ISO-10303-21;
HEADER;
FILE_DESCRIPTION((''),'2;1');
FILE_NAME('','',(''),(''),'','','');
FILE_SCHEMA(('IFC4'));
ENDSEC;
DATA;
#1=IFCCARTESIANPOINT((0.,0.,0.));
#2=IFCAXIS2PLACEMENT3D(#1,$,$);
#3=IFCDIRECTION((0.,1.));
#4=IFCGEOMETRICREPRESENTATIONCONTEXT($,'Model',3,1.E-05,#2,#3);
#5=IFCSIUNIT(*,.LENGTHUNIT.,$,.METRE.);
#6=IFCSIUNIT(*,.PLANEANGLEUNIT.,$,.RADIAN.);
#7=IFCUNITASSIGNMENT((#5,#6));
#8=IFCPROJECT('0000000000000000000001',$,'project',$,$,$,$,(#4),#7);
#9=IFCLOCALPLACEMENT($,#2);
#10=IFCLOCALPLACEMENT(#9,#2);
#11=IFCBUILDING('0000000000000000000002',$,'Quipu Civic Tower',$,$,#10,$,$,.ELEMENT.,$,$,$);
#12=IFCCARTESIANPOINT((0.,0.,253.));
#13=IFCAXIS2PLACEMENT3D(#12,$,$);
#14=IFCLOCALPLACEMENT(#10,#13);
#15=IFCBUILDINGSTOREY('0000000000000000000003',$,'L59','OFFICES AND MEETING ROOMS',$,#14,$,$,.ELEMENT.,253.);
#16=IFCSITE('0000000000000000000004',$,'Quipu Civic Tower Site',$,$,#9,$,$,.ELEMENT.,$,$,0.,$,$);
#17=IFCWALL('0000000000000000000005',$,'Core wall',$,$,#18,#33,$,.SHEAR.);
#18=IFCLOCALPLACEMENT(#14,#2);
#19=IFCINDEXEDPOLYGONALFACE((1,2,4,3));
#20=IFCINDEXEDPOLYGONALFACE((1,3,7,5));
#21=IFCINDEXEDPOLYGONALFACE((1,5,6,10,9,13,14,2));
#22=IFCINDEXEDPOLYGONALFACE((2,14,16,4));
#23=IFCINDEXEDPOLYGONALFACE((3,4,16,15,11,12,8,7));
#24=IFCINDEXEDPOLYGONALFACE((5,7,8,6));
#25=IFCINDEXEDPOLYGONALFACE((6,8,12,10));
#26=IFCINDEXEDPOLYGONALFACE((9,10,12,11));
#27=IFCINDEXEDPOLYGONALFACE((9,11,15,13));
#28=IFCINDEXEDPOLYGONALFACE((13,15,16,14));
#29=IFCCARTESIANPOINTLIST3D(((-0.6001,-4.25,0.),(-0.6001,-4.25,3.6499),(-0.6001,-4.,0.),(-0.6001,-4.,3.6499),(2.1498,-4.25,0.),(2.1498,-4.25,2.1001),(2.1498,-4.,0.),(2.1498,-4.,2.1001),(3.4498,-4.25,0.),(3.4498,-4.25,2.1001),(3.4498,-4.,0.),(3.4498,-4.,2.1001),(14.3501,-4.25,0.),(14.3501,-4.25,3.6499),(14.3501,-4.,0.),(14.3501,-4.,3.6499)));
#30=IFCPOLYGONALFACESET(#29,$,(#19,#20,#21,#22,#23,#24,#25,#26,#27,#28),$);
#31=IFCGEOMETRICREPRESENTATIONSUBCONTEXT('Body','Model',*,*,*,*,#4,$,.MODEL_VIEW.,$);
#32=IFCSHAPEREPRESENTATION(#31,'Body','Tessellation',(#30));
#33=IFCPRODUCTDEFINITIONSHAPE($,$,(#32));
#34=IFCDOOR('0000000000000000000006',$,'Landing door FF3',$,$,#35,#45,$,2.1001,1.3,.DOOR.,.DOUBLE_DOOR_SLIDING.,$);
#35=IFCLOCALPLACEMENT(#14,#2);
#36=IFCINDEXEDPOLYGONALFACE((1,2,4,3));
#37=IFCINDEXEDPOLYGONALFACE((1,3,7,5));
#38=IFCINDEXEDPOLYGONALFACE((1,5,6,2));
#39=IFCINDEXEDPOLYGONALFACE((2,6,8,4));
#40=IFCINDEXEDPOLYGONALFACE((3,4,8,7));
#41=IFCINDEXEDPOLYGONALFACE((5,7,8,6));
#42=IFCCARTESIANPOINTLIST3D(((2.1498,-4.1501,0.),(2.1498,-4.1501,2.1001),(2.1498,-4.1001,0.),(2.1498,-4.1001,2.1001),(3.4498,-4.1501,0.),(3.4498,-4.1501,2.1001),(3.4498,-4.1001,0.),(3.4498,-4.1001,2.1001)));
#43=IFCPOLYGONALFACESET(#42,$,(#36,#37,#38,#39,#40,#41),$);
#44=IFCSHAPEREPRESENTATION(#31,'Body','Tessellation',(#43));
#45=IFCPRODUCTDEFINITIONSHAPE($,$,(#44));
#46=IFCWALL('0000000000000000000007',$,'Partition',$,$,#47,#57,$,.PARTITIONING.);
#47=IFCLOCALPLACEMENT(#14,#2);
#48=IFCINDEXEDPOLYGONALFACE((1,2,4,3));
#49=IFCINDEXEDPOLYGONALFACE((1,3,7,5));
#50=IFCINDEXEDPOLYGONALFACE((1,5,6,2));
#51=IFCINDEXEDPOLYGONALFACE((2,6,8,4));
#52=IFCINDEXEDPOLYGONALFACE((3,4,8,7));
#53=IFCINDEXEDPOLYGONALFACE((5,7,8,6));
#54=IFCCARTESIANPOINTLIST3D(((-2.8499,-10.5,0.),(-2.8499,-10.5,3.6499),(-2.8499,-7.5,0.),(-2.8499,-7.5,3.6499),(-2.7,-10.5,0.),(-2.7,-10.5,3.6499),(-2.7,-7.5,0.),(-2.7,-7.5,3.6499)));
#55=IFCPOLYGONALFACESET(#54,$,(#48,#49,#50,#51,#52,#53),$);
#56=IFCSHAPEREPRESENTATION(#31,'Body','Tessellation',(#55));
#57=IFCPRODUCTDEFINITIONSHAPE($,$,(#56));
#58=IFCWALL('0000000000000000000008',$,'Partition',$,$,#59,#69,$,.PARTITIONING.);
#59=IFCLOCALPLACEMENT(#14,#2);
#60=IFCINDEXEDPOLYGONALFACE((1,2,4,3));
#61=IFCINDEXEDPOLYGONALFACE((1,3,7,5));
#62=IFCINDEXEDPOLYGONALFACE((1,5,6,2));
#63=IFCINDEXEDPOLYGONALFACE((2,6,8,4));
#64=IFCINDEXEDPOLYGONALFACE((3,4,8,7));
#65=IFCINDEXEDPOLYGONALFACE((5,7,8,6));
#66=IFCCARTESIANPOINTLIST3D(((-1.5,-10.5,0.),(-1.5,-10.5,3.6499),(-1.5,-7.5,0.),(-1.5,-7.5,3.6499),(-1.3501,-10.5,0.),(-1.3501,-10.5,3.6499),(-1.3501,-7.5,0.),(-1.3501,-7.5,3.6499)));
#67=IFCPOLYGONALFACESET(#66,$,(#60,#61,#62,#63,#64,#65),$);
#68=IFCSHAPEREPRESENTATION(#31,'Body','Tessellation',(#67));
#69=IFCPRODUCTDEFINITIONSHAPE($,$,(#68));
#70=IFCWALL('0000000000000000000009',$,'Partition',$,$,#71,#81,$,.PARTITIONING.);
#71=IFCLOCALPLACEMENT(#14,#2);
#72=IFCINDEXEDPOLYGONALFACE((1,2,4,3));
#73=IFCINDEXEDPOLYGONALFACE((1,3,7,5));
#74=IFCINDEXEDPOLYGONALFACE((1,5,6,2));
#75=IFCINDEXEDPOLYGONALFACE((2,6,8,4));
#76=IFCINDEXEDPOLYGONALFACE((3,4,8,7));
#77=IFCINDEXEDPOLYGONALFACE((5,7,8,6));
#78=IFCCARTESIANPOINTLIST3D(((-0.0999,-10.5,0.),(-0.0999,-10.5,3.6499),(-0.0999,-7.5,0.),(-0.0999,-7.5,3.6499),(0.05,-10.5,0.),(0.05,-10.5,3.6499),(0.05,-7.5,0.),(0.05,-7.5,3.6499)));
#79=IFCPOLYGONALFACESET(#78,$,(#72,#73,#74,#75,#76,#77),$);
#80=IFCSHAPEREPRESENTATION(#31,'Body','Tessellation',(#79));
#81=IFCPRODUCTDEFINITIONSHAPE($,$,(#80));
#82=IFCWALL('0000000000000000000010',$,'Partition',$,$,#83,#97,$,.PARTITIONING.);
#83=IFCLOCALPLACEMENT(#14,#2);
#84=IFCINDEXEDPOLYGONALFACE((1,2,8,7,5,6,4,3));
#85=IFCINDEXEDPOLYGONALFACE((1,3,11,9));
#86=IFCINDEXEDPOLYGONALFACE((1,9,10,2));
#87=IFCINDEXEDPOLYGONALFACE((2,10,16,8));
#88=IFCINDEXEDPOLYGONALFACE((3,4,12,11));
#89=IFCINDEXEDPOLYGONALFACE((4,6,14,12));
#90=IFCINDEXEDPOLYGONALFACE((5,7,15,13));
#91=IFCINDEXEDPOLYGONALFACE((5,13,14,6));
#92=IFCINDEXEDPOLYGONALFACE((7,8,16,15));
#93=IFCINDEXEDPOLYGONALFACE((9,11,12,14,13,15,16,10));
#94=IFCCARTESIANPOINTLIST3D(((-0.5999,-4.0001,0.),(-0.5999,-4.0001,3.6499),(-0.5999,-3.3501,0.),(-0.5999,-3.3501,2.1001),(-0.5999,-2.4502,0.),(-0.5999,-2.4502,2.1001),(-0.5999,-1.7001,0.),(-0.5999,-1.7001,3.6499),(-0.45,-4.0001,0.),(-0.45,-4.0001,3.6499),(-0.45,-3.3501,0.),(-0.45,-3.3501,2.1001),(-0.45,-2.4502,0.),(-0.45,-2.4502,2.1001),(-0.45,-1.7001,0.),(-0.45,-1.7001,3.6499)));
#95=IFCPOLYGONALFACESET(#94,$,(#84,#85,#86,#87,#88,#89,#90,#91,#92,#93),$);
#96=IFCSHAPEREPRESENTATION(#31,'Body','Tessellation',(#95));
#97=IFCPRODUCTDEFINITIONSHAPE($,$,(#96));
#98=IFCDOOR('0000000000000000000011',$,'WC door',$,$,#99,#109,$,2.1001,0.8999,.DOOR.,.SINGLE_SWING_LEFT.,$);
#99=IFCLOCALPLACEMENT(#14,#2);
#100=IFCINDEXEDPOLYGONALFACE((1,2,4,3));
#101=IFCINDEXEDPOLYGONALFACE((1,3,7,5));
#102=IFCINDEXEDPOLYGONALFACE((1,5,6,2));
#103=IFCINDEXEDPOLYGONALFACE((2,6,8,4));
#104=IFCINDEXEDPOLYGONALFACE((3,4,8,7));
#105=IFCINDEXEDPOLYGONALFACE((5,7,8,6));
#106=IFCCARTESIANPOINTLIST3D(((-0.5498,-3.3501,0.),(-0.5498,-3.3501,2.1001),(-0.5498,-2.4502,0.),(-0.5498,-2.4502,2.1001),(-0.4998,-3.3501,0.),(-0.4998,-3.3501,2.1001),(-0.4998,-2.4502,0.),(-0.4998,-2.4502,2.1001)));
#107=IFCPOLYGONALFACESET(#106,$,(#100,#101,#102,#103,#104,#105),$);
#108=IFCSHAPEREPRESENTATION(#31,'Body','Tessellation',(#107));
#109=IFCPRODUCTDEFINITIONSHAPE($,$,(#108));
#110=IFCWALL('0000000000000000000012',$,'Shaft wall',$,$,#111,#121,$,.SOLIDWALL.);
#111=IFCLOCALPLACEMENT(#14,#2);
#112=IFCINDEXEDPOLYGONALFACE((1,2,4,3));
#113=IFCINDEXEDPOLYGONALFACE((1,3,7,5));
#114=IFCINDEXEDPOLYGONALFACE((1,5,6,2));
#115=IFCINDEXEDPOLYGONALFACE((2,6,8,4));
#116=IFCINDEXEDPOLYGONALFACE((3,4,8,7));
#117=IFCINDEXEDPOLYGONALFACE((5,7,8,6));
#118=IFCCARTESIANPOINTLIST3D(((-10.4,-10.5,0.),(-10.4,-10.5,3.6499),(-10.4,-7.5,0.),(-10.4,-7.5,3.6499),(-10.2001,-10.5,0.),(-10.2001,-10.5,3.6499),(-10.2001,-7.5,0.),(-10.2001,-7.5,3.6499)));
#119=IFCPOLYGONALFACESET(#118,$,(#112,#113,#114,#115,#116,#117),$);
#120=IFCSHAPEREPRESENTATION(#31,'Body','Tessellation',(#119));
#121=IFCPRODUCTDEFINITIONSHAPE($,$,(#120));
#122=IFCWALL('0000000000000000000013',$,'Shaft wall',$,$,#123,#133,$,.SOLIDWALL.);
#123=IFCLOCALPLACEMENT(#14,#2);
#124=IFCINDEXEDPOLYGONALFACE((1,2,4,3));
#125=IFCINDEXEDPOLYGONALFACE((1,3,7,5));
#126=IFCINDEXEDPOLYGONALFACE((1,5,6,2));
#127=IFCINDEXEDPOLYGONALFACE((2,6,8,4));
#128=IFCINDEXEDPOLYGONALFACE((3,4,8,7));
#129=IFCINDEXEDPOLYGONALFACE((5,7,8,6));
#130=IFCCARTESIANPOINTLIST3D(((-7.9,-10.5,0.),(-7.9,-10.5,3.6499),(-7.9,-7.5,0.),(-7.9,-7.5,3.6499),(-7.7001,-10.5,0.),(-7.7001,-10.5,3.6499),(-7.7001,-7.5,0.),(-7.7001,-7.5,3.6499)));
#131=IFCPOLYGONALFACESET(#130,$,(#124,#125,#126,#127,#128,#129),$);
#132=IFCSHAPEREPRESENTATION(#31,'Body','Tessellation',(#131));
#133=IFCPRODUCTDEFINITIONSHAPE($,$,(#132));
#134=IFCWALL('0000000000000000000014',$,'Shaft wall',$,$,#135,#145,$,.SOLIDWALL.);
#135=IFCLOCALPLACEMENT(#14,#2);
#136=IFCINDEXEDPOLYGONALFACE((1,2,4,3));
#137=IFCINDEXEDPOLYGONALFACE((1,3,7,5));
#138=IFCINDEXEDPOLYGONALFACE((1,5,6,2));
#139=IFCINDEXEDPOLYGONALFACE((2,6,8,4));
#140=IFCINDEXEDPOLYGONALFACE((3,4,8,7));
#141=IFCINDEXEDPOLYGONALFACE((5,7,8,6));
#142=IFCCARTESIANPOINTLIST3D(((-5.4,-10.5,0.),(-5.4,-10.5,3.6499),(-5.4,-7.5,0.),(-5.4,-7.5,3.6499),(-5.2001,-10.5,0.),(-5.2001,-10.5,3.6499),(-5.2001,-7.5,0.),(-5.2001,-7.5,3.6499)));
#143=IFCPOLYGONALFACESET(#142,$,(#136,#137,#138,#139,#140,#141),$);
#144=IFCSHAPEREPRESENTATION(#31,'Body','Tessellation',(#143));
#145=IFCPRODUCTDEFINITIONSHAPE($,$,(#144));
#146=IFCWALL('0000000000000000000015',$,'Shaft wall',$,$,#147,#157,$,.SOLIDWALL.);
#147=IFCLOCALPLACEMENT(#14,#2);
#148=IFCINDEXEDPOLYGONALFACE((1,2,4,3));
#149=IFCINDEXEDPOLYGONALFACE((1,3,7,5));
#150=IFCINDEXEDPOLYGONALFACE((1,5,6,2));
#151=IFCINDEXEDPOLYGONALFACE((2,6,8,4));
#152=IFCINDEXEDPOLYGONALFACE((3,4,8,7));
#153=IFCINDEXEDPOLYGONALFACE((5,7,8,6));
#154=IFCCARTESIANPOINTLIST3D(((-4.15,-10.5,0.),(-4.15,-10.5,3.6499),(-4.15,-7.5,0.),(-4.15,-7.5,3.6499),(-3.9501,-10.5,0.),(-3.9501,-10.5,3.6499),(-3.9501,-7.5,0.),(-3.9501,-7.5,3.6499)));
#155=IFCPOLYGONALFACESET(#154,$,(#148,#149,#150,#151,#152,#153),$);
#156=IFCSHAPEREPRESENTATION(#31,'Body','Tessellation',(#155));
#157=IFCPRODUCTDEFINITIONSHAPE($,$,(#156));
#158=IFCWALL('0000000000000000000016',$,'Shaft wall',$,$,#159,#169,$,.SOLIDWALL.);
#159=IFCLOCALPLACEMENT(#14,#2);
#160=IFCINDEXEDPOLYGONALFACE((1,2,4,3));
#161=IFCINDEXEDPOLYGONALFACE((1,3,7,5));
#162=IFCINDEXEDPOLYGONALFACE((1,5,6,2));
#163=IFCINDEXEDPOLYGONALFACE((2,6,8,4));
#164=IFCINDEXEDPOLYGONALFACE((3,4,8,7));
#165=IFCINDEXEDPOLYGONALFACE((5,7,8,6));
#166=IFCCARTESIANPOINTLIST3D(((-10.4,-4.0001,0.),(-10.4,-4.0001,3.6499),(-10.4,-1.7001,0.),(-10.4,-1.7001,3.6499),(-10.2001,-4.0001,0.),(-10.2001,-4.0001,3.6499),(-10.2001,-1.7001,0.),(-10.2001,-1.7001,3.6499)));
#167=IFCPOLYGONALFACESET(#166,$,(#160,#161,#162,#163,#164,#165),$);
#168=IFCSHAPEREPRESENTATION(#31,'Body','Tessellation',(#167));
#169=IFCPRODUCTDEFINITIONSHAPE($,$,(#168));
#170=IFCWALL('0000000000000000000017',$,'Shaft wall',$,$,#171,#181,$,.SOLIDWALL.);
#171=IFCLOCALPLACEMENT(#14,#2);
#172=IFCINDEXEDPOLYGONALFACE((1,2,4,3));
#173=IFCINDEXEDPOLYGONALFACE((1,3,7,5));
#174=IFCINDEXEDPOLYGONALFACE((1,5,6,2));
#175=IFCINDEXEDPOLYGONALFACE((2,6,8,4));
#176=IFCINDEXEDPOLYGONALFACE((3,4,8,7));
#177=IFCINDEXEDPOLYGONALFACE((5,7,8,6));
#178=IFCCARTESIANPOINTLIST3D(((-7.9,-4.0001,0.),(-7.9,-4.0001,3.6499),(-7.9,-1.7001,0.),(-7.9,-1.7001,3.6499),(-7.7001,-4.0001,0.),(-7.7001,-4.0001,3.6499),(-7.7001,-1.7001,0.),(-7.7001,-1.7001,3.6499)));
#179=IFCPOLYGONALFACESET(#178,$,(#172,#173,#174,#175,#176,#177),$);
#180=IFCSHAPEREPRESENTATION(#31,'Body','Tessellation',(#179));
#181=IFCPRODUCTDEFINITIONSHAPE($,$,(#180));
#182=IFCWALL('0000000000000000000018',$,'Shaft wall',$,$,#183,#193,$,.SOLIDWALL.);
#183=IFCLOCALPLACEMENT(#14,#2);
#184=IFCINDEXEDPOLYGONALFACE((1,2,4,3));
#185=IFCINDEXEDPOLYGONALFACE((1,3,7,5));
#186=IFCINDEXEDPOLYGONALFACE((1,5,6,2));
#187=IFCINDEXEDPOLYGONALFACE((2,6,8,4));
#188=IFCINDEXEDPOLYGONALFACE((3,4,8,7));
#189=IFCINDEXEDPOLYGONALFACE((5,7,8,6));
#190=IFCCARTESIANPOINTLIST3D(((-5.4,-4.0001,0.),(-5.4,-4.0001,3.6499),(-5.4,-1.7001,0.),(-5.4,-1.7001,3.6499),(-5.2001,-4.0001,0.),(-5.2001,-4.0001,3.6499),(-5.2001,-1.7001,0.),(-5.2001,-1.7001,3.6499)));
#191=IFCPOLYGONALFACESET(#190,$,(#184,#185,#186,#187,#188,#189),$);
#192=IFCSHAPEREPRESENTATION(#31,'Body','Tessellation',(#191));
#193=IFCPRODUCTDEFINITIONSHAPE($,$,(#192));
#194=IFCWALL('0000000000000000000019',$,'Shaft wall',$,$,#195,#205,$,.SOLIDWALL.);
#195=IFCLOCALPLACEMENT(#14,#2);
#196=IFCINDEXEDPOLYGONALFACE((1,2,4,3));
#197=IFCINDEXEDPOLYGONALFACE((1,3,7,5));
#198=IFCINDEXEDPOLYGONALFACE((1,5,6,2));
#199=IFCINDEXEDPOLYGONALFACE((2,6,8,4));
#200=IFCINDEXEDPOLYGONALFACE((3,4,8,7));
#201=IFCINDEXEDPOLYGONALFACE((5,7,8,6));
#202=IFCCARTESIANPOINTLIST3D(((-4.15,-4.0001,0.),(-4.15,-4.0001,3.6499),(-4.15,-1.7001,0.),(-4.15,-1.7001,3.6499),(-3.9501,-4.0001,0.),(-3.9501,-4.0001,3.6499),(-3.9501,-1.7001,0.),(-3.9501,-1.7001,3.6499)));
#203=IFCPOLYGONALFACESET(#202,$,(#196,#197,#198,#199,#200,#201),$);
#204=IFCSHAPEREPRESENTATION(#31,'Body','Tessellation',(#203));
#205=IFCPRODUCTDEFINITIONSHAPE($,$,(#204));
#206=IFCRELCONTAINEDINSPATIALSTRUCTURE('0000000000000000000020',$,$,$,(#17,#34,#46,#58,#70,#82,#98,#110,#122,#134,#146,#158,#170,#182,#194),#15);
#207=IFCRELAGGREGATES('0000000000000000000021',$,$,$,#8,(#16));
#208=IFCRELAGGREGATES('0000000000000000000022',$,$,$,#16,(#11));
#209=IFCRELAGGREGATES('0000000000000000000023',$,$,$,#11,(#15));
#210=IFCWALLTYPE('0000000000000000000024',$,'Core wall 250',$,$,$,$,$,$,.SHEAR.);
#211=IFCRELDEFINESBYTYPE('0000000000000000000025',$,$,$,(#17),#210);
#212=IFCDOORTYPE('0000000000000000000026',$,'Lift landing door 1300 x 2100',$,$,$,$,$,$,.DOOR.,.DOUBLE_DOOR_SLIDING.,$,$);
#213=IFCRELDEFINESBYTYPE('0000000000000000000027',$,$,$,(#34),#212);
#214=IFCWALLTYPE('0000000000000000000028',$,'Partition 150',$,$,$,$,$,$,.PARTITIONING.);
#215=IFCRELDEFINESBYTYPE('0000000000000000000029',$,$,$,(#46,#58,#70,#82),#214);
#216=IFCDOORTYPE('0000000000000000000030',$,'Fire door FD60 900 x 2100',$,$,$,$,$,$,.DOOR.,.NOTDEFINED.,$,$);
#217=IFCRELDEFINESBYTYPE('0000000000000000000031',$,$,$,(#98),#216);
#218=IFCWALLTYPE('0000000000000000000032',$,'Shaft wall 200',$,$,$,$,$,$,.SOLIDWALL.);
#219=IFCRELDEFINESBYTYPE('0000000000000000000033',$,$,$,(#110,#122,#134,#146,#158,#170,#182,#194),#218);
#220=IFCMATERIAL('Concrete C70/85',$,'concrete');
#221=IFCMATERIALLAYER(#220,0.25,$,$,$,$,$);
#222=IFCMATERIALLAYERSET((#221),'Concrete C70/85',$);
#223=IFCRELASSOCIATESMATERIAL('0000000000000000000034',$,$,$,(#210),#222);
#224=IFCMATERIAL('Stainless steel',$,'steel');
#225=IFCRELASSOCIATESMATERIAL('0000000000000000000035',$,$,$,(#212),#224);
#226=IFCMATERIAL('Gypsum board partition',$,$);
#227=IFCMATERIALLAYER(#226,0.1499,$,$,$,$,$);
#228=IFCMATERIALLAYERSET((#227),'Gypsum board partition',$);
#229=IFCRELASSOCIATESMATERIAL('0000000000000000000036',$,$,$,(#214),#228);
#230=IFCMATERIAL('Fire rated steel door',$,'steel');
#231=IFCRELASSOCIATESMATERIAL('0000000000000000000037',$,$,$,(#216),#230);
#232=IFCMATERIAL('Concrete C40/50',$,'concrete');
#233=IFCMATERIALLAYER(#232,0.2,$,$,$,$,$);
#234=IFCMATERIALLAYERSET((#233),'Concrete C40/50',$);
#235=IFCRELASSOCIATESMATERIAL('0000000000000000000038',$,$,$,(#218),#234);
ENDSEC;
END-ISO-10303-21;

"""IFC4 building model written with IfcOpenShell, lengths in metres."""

from ifc_helpers import new_model, si_unit, direction, frame, frame_2d, origin, place, context, subcontext, project, spatial, rectangle, extrude, material, layer, layer_set, type_object, element, fill, save


model = new_model("IFC4")

# Units and contexts
model_context = context("Model", 3, precision=1e-05, world=origin(), true_north=direction((0.0, 1.0)))
body_context = subcontext(model_context, "Body", "Model", "MODEL_VIEW")
ifc_project = project(units=[si_unit("LENGTHUNIT", "METRE"), si_unit("PLANEANGLEUNIT", "RADIAN")], contexts=[model_context])

# Site, building, storey
site_placement = place(None, origin())
site = spatial("IfcSite", under=ifc_project, at=site_placement, Name="Quipu Civic Tower Site", CompositionType="ELEMENT", RefElevation=0.0)
building_placement = place(site_placement, origin())
building = spatial("IfcBuilding", under=site, at=building_placement, Name="Quipu Civic Tower", CompositionType="ELEMENT")
storey_placement = place(building_placement, frame((0.0, 0.0, 253.0)))
storey = spatial("IfcBuildingStorey", under=building, at=storey_placement, Name="L59", Description="OFFICES AND MEETING ROOMS", CompositionType="ELEMENT", Elevation=253.0)

# Wall, opening, door
ifc_material_1 = material(Name="Concrete C70/85", Category="concrete")
ifc_layer_1 = layer(ifc_material_1, 0.25)
ifc_layer_set_1 = layer_set([ifc_layer_1], Name="Concrete C70/85")
wall_type_1 = type_object("IfcWallType", Name="Core wall 250", PredefinedType="SHEAR", material=ifc_layer_set_1)
wall_1_placement = place(storey_placement, frame((-0.6001, -4.125, 0.0), z_axis=(0.0, 0.0, 1.0), x_axis=(1.0, 0.0, 0.0)))
wall_1 = element("IfcWall", 1, at=wall_1_placement, inside=storey, type_object=wall_type_1, Name="Core wall", PredefinedType="SHEAR", context=body_context, shape_type="SweptSolid", body=[
    extrude(rectangle(XDim=14.9502, YDim=0.25, at=frame_2d((7.4751, 0.0))), origin(), (0.0, 0.0, 1.0), 3.6499),
])
opening_1_placement = place(wall_1_placement, frame((2.75, 0.0, 0.0)))
opening_1 = element("IfcOpeningElement", 2, at=opening_1_placement, cuts=wall_1, PredefinedType="OPENING", context=body_context, shape_type="SweptSolid", body=[
    extrude(rectangle(XDim=1.3, YDim=2.1001, at=frame_2d((0.6499, 1.05))), frame((0.0, 0.135, 0.0), z_axis=(0.0, -1.0, 0.0), x_axis=(1.0, 0.0, 0.0)), (0.0, 0.0, 1.0), 0.27),
])
ifc_material_2 = material(Name="Stainless steel", Category="steel")
door_type_1 = type_object("IfcDoorType", Name="Lift landing door 1300 x 2100", OperationType="DOUBLE_DOOR_SLIDING", PredefinedType="DOOR", material=ifc_material_2)
door_1_placement = place(opening_1_placement, origin())
door_1 = element("IfcDoor", 3, at=door_1_placement, inside=storey, type_object=door_type_1, Name="Landing door FF3", OperationType="DOUBLE_DOOR_SLIDING", OverallHeight=2.1001, OverallWidth=1.3, PredefinedType="DOOR", context=body_context, shape_type="SweptSolid", body=[
    extrude(rectangle(XDim=1.3, YDim=2.1001, at=frame_2d((0.6499, 1.05))), frame((0.0, 0.0249, 0.0), z_axis=(0.0, -1.0, 0.0), x_axis=(1.0, 0.0, 0.0)), (0.0, 0.0, 1.0), 0.05),
])
fill(opening_1, door_1)

# Walls
ifc_material_3 = material(Name="Gypsum board partition")
ifc_layer_2 = layer(ifc_material_3, 0.1499)
ifc_layer_set_2 = layer_set([ifc_layer_2], Name="Gypsum board partition")
wall_type_2 = type_object("IfcWallType", Name="Partition 150", PredefinedType="PARTITIONING", material=ifc_layer_set_2)
for number, where, z_axis, x_axis, name in (
    (4, (-2.7749, -10.5, 0.0), (0.0, 0.0, 1.0), (0.0, 1.0, 0.0), "Partition"),
    (5, (-1.425, -10.5, 0.0), (0.0, 0.0, 1.0), (0.0, 1.0, 0.0), "Partition"),
    (6, (-0.0249, -10.5, 0.0), (0.0, 0.0, 1.0), (0.0, 1.0, 0.0), "Partition"),
):
    element("IfcWall", number, at=place(storey_placement, frame(where, z_axis=z_axis, x_axis=x_axis)), inside=storey, type_object=wall_type_2, Name=name, PredefinedType="PARTITIONING", context=body_context, shape_type="SweptSolid", body=[
        extrude(rectangle(XDim=3.0, YDim=0.1499, at=frame_2d((1.5, 0.0))), origin(), (0.0, 0.0, 1.0), 3.6499),
    ])

# Wall, opening, door
wall_2_placement = place(storey_placement, frame((-0.5249, -4.0, 0.0), z_axis=(0.0, 0.0, 1.0), x_axis=(0.0, 1.0, 0.0)))
wall_2 = element("IfcWall", 7, at=wall_2_placement, inside=storey, type_object=wall_type_2, Name="Partition", PredefinedType="PARTITIONING", context=body_context, shape_type="SweptSolid", body=[
    extrude(rectangle(XDim=2.3, YDim=0.1499, at=frame_2d((1.1499, 0.0))), origin(), (0.0, 0.0, 1.0), 3.6499),
])
opening_2_placement = place(wall_2_placement, frame((0.6499, 0.0, 0.0)))
opening_2 = element("IfcOpeningElement", 8, at=opening_2_placement, cuts=wall_2, PredefinedType="OPENING", context=body_context, shape_type="SweptSolid", body=[
    extrude(rectangle(XDim=0.8999, YDim=2.1001, at=frame_2d((0.45, 1.05))), frame((0.0, 0.085, 0.0), z_axis=(0.0, -1.0, 0.0), x_axis=(1.0, 0.0, 0.0)), (0.0, 0.0, 1.0), 0.1699),
])
ifc_material_4 = material(Name="Fire rated steel door", Category="steel")
door_type_2 = type_object("IfcDoorType", Name="Fire door FD60 900 x 2100", OperationType="NOTDEFINED", PredefinedType="DOOR", material=ifc_material_4)
door_2_placement = place(opening_2_placement, origin())
door_2 = element("IfcDoor", 9, at=door_2_placement, inside=storey, type_object=door_type_2, Name="WC door", OperationType="SINGLE_SWING_LEFT", OverallHeight=2.1001, OverallWidth=0.8999, PredefinedType="DOOR", context=body_context, shape_type="SweptSolid", body=[
    extrude(rectangle(XDim=0.8999, YDim=2.1001, at=frame_2d((0.45, 1.05))), frame((0.0, 0.0249, 0.0), z_axis=(0.0, -1.0, 0.0), x_axis=(1.0, 0.0, 0.0)), (0.0, 0.0, 1.0), 0.05),
])
fill(opening_2, door_2)

# Walls
ifc_material_5 = material(Name="Concrete C40/50", Category="concrete")
ifc_layer_3 = layer(ifc_material_5, 0.2)
ifc_layer_set_3 = layer_set([ifc_layer_3], Name="Concrete C40/50")
wall_type_3 = type_object("IfcWallType", Name="Shaft wall 200", PredefinedType="SOLIDWALL", material=ifc_layer_set_3)
for number, where, z_axis, x_axis, name in (
    (10, (-10.3, -10.5, 0.0), (0.0, 0.0, 1.0), (0.0, 1.0, 0.0), "Shaft wall"),
    (11, (-7.8, -10.5, 0.0), (0.0, 0.0, 1.0), (0.0, 1.0, 0.0), "Shaft wall"),
    (12, (-5.3, -10.5, 0.0), (0.0, 0.0, 1.0), (0.0, 1.0, 0.0), "Shaft wall"),
    (13, (-4.05, -10.5, 0.0), (0.0, 0.0, 1.0), (0.0, 1.0, 0.0), "Shaft wall"),
):
    element("IfcWall", number, at=place(storey_placement, frame(where, z_axis=z_axis, x_axis=x_axis)), inside=storey, type_object=wall_type_3, Name=name, PredefinedType="SOLIDWALL", context=body_context, shape_type="SweptSolid", body=[
        extrude(rectangle(XDim=3.0, YDim=0.2, at=frame_2d((1.5, 0.0))), origin(), (0.0, 0.0, 1.0), 3.6499),
    ])
for number, where, z_axis, x_axis, name in (
    (14, (-10.3, -4.0, 0.0), (0.0, 0.0, 1.0), (0.0, 1.0, 0.0), "Shaft wall"),
    (15, (-7.8, -4.0, 0.0), (0.0, 0.0, 1.0), (0.0, 1.0, 0.0), "Shaft wall"),
    (16, (-5.3, -4.0, 0.0), (0.0, 0.0, 1.0), (0.0, 1.0, 0.0), "Shaft wall"),
    (17, (-4.05, -4.0, 0.0), (0.0, 0.0, 1.0), (0.0, 1.0, 0.0), "Shaft wall"),
):
    element("IfcWall", number, at=place(storey_placement, frame(where, z_axis=z_axis, x_axis=x_axis)), inside=storey, type_object=wall_type_3, Name=name, PredefinedType="SOLIDWALL", context=body_context, shape_type="SweptSolid", body=[
        extrude(rectangle(XDim=2.3, YDim=0.2, at=frame_2d((1.1499, 0.0))), origin(), (0.0, 0.0, 1.0), 3.6499),
    ])

save(model, "model.ifc")
